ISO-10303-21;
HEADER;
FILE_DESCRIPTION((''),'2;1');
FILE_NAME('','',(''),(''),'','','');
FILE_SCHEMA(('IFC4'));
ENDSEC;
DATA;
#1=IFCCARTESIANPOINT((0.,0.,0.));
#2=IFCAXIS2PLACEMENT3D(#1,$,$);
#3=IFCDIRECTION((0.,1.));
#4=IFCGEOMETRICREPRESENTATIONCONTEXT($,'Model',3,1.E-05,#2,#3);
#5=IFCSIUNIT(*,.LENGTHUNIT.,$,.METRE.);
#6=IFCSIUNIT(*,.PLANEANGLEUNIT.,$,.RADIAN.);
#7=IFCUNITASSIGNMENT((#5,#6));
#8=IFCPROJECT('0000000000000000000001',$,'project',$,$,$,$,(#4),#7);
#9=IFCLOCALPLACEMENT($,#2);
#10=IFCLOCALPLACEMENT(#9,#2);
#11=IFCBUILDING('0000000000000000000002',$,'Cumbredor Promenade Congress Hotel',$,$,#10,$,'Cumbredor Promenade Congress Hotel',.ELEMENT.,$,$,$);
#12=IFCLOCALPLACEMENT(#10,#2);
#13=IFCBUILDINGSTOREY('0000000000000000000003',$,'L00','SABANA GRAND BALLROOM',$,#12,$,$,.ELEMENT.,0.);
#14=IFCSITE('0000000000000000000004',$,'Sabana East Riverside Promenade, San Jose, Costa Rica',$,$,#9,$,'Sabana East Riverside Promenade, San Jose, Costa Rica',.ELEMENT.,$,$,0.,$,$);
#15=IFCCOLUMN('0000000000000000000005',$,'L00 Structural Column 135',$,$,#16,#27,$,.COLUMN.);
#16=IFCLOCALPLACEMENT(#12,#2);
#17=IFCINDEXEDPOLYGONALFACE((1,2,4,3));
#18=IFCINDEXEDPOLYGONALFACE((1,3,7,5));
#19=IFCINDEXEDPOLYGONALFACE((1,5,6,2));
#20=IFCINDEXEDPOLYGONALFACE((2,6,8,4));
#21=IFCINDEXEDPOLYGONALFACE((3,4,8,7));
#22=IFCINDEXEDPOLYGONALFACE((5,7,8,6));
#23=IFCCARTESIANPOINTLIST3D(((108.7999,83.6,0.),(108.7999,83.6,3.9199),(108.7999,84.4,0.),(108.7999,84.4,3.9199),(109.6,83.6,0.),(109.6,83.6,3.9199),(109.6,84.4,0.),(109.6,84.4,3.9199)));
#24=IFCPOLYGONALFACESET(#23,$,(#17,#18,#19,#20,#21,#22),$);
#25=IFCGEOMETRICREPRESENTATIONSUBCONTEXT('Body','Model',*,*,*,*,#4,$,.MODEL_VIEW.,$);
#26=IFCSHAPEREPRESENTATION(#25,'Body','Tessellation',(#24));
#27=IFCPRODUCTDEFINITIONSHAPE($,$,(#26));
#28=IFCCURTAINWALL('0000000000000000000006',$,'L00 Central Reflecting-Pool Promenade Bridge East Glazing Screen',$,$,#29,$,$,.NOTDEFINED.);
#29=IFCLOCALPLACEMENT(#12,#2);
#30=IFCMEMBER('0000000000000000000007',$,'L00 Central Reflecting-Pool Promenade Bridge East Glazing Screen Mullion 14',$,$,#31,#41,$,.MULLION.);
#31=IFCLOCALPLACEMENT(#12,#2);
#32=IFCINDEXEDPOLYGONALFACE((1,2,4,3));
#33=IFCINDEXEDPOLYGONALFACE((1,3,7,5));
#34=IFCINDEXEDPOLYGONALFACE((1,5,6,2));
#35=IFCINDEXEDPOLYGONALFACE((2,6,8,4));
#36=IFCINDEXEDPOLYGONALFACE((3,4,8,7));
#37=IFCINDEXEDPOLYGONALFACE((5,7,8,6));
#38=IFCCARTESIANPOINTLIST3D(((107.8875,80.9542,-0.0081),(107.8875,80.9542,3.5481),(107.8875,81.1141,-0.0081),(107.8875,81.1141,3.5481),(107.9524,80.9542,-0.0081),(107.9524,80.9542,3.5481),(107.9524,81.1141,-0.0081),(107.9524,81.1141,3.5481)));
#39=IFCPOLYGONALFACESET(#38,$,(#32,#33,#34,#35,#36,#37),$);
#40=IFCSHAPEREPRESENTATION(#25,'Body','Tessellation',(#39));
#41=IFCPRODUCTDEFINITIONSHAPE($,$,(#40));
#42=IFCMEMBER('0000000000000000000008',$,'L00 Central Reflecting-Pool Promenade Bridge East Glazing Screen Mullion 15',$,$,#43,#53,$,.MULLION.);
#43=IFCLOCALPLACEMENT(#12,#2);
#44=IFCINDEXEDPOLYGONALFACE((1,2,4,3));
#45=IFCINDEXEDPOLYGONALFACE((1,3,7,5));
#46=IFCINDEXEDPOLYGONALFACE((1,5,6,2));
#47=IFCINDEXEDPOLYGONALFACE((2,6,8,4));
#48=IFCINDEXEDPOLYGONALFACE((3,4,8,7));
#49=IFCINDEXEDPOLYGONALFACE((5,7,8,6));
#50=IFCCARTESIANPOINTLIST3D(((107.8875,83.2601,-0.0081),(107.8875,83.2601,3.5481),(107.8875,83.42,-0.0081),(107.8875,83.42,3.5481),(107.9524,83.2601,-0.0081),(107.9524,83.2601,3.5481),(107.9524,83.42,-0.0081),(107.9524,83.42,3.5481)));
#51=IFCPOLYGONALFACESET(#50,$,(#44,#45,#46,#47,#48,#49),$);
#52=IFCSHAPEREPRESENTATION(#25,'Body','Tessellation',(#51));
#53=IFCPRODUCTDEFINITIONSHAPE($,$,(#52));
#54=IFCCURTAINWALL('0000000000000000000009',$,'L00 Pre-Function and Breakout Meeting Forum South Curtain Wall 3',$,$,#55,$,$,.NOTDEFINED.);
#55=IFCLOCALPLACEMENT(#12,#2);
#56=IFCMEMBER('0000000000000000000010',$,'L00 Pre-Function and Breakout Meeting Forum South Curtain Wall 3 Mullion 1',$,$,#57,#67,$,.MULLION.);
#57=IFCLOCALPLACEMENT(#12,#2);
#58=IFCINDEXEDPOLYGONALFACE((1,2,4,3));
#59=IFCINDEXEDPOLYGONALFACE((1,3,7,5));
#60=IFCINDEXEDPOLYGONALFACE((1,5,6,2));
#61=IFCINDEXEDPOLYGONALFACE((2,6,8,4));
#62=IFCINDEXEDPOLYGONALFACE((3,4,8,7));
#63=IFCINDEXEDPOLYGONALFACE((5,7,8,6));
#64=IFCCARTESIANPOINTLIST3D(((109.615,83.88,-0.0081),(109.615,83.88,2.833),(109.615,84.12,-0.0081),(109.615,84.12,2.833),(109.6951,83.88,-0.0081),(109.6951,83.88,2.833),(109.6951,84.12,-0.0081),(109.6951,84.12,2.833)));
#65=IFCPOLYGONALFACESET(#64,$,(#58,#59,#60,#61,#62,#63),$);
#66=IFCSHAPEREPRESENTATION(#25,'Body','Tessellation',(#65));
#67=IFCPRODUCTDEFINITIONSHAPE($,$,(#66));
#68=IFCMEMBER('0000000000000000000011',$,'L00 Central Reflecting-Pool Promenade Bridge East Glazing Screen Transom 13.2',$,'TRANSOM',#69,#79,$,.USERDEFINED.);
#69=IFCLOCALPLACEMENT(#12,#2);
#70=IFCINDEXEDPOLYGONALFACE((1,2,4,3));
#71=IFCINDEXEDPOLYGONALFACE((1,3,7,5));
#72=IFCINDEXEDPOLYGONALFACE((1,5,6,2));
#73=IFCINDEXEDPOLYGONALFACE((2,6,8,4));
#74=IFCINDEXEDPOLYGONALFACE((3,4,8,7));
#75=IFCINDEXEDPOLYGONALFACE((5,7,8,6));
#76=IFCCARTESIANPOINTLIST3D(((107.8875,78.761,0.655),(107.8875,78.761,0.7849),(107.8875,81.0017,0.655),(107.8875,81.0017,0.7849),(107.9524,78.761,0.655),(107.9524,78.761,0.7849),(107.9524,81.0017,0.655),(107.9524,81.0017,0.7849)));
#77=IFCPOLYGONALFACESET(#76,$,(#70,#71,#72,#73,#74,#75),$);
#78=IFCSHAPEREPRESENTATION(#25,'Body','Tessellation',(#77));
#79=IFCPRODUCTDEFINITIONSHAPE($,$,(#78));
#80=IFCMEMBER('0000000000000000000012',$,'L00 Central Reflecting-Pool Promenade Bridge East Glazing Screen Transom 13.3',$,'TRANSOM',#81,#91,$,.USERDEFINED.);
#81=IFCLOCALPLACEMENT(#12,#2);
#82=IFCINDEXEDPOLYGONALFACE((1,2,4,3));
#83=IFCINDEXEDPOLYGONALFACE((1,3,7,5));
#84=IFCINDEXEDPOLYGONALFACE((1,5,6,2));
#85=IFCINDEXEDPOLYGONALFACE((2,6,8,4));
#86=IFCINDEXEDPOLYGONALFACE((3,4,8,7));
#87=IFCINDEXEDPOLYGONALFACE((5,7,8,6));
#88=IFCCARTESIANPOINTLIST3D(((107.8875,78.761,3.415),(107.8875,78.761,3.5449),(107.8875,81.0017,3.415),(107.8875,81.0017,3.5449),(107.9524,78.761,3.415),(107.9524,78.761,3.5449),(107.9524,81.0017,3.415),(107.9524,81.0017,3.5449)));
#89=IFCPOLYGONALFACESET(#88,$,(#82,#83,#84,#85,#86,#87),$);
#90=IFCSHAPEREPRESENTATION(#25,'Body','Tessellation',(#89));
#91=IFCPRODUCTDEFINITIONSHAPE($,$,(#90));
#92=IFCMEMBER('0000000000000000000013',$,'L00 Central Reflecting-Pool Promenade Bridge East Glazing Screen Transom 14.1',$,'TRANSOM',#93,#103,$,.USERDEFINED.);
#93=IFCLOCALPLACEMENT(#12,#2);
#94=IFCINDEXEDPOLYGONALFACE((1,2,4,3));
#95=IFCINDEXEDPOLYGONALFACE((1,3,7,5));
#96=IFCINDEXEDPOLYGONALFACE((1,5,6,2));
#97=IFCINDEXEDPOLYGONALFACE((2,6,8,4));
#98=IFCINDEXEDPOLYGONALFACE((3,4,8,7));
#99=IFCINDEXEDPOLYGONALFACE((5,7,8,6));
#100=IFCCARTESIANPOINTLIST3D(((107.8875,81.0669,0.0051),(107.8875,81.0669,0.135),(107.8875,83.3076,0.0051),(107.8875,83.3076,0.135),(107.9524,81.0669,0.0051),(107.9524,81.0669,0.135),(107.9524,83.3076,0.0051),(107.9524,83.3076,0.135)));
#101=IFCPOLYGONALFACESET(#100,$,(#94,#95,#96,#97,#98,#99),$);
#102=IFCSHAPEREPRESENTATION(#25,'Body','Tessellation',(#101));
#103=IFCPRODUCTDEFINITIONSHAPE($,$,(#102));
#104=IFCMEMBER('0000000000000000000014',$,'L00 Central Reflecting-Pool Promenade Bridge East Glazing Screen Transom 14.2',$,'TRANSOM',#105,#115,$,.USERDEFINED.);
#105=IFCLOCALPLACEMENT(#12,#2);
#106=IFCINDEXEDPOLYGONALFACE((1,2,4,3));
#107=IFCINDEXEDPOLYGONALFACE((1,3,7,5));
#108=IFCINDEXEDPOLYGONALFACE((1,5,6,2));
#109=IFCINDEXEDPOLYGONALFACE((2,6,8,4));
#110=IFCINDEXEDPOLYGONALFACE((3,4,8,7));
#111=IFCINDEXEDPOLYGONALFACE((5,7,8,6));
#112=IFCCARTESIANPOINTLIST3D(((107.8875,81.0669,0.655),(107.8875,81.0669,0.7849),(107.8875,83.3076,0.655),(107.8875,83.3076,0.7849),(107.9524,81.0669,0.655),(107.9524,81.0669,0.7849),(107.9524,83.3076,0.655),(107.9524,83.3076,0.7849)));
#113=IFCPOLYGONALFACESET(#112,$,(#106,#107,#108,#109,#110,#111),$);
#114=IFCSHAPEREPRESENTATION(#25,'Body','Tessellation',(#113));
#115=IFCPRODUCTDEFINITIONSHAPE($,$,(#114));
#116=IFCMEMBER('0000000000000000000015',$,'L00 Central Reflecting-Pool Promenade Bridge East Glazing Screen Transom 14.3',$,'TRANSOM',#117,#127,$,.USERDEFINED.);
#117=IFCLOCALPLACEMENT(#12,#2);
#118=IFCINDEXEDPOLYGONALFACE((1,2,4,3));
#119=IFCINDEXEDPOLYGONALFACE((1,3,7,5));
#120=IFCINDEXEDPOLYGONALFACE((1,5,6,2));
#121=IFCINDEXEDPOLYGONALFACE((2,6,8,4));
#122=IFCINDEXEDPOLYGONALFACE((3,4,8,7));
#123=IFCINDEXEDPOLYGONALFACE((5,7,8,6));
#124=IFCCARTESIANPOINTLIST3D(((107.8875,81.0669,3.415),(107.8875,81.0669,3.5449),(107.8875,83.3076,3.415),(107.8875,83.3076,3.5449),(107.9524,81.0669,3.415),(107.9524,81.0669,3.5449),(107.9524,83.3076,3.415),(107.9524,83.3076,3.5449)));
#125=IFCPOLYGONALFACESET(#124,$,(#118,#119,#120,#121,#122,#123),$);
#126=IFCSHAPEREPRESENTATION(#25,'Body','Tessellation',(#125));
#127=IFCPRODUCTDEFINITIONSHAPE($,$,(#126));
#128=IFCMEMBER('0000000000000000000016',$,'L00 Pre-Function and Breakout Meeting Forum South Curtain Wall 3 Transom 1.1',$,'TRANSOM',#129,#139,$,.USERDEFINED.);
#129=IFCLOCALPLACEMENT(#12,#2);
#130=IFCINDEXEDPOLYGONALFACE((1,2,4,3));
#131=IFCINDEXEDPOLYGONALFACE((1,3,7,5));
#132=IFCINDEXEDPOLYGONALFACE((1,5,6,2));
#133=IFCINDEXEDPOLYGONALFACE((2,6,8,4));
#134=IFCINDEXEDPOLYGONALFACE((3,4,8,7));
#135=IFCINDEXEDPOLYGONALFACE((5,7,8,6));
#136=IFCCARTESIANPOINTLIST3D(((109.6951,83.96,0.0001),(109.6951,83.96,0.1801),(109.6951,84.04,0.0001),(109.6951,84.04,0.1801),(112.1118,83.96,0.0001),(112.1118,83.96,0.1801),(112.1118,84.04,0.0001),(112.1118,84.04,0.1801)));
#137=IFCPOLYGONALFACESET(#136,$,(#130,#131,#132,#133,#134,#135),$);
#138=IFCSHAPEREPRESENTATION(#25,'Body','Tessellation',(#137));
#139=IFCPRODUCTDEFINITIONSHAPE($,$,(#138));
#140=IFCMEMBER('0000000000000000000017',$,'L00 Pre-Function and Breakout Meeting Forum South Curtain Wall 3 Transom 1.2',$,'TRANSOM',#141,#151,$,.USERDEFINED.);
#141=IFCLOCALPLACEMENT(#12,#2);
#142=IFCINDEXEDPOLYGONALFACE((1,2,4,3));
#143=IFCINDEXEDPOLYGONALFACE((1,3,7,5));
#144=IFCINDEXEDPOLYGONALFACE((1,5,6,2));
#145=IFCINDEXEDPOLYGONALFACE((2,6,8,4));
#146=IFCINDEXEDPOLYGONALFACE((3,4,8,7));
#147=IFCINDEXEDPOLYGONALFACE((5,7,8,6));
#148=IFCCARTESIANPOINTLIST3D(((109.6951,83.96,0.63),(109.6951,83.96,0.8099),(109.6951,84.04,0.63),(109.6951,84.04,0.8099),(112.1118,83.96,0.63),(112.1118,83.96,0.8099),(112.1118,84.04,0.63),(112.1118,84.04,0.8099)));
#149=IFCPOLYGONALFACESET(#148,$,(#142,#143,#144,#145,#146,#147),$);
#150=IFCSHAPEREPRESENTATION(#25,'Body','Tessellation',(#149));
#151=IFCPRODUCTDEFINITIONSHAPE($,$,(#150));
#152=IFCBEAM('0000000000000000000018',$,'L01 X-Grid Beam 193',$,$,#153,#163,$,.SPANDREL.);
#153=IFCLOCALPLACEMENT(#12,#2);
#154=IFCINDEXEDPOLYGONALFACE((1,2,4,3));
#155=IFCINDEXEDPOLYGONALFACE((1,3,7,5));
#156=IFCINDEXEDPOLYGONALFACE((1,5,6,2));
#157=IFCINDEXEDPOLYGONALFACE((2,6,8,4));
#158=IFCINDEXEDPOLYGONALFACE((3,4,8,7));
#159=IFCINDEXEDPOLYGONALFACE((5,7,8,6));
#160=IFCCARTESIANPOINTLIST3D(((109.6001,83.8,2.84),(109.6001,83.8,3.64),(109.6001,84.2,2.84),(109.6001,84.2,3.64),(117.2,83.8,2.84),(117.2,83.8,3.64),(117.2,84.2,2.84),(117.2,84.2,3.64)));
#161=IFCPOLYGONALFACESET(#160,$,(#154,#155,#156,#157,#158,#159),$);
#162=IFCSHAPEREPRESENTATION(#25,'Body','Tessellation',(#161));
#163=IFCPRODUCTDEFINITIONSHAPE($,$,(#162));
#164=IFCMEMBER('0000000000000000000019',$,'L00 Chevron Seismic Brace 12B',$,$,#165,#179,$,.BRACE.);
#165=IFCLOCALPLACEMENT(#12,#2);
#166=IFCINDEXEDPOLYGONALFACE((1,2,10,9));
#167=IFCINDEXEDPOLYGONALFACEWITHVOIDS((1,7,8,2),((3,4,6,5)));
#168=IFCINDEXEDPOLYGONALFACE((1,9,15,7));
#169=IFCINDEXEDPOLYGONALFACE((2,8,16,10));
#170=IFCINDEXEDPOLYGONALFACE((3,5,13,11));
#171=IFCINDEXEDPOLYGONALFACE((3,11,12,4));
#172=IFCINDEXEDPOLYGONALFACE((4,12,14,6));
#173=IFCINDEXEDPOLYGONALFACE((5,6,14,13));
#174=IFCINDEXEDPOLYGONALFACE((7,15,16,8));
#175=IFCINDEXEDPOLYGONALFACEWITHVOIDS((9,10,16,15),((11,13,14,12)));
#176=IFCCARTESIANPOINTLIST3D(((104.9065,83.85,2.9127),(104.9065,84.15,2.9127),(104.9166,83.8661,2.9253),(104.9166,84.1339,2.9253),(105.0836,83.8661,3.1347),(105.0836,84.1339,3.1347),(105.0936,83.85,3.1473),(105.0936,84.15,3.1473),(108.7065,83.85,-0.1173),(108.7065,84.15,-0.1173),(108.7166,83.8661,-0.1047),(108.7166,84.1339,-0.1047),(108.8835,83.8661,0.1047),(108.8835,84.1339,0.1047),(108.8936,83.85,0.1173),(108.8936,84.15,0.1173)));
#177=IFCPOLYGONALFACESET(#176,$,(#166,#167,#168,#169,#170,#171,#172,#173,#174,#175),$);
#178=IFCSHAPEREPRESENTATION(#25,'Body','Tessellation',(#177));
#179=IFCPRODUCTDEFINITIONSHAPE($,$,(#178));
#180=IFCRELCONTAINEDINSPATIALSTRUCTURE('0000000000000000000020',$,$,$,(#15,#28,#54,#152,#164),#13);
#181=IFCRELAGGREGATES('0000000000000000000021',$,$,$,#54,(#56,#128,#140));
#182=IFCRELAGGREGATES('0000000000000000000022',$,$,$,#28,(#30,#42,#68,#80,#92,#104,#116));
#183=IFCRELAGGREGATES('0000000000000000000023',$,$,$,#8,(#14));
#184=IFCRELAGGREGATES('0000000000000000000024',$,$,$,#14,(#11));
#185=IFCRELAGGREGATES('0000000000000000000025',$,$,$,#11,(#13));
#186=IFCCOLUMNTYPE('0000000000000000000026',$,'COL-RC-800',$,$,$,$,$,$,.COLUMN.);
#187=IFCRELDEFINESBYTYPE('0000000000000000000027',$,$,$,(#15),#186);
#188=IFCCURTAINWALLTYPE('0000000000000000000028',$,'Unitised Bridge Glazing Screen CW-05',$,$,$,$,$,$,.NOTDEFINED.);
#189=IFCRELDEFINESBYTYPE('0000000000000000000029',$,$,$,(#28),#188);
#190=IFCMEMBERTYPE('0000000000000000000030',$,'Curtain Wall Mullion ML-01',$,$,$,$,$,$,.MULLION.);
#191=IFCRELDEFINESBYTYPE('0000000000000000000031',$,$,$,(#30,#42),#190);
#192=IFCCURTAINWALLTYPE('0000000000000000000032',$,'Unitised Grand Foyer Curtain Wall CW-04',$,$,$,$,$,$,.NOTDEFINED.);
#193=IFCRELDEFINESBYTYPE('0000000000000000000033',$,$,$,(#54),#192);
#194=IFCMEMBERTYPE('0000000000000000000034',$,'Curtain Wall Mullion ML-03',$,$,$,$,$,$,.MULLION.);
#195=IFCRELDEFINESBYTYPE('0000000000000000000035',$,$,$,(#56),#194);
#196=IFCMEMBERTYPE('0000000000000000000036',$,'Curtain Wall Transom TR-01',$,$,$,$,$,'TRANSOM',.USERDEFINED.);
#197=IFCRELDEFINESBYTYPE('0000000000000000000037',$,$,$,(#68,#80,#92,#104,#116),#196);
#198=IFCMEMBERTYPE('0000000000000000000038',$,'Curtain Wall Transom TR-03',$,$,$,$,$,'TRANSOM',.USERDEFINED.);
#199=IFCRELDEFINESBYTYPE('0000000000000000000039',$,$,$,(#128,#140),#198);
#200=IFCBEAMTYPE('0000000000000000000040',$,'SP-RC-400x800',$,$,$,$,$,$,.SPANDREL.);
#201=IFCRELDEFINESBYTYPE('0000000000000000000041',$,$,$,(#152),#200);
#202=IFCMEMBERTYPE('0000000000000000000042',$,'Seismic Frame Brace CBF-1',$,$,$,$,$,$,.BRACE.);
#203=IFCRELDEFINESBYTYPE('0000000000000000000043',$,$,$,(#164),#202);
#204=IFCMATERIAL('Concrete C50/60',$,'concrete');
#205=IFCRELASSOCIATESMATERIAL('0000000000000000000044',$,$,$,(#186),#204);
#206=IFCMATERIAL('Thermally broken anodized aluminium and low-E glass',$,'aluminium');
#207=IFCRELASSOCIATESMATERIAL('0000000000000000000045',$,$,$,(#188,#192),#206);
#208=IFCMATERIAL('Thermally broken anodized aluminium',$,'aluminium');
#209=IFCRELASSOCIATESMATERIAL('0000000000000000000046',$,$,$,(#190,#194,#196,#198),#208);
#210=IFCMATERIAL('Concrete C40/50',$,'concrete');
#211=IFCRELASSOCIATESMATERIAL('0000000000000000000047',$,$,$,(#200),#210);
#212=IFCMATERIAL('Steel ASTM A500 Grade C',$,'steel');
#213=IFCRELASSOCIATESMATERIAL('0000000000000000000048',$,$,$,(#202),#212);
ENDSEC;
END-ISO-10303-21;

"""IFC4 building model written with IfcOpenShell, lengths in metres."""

from ifc_helpers import new_model, si_unit, direction, frame, origin, origin_2d, place, context, subcontext, project, spatial, rectangle, hollow_rectangle, extrude, material, material_profile, profile_set, type_object, element, aggregate, save


model = new_model("IFC4")

# Units and contexts
model_context = context("Model", 3, precision=1e-05, world=origin(), true_north=direction((0.0, 1.0)))
body_context = subcontext(model_context, "Body", "Model", "MODEL_VIEW")
ifc_project = project(units=[si_unit("LENGTHUNIT", "METRE"), si_unit("PLANEANGLEUNIT", "RADIAN")], contexts=[model_context])

# Site, building, storey
site_placement = place(None, origin())
site = spatial("IfcSite", under=ifc_project, at=site_placement, Name="Sabana East Riverside Promenade, San Jose, Costa Rica", LongName="Sabana East Riverside Promenade, San Jose, Costa Rica", CompositionType="ELEMENT", RefElevation=0.0)
building_placement = place(site_placement, origin())
building = spatial("IfcBuilding", under=site, at=building_placement, Name="Cumbredor Promenade Congress Hotel", LongName="Cumbredor Promenade Congress Hotel", CompositionType="ELEMENT")
storey_placement = place(building_placement, origin())
storey = spatial("IfcBuildingStorey", under=building, at=storey_placement, Name="L00", Description="SABANA GRAND BALLROOM", CompositionType="ELEMENT", Elevation=0.0)

# Column
ifc_material_1 = material(Name="Concrete C50/60", Category="concrete")
ifc_material_profile_1 = material_profile(ifc_material_1, rectangle(XDim=0.8, YDim=0.8, at=origin_2d()), Name="RC 800x800")
ifc_profile_set_1 = profile_set([ifc_material_profile_1], Name="Concrete C50/60")
column_type = type_object("IfcColumnType", Name="COL-RC-800", PredefinedType="COLUMN", material=ifc_profile_set_1)
column_placement = place(storey_placement, frame((109.2, 84.0, 0.0), z_axis=(0.0, 0.0, 1.0), x_axis=(1.0, 0.0, 0.0)))
element("IfcColumn", 1, at=column_placement, inside=storey, type_object=column_type, Name="L00 Structural Column 135", PredefinedType="COLUMN", context=body_context, shape_type="SweptSolid", body=[
    extrude(rectangle(XDim=0.8, YDim=0.8, at=origin_2d()), origin(), (0.0, 0.0, 1.0), 3.9199),
])

# Curtain wall, members
ifc_material_2 = material(Name="Thermally broken anodized aluminium and low-E glass", Category="aluminium")
curtain_wall_type_1 = type_object("IfcCurtainWallType", Name="Unitised Bridge Glazing Screen CW-05", PredefinedType="NOTDEFINED", material=ifc_material_2)
curtain_wall_1_placement = place(storey_placement, origin())
curtain_wall_1 = element("IfcCurtainWall", 2, at=curtain_wall_1_placement, inside=storey, type_object=curtain_wall_type_1, Name="L00 Central Reflecting-Pool Promenade Bridge East Glazing Screen", PredefinedType="NOTDEFINED")
ifc_material_3 = material(Name="Thermally broken anodized aluminium", Category="aluminium")
ifc_material_profile_2 = material_profile(ifc_material_3, rectangle(XDim=0.0649, YDim=0.1599, at=origin_2d()), Name="ALU MULLION 65x160")
ifc_profile_set_2 = profile_set([ifc_material_profile_2], Name="Thermally broken anodized aluminium")
member_type_1 = type_object("IfcMemberType", Name="Curtain Wall Mullion ML-01", PredefinedType="MULLION", material=ifc_profile_set_2)
member_1_placement = place(storey_placement, frame((107.9199, 81.0342, -0.0081), z_axis=(0.0, 0.0, 1.0), x_axis=(1.0, 0.0, 0.0)))
member_1 = element("IfcMember", 3, at=member_1_placement, type_object=member_type_1, Name="L00 Central Reflecting-Pool Promenade Bridge East Glazing Screen Mullion 14", PredefinedType="MULLION", context=body_context, shape_type="SweptSolid", body=[
    extrude(rectangle(XDim=0.0649, YDim=0.1599, at=origin_2d()), origin(), (0.0, 0.0, 1.0), 3.5562),
])
member_2_placement = place(storey_placement, frame((107.9199, 83.3401, -0.0081), z_axis=(0.0, 0.0, 1.0), x_axis=(1.0, 0.0, 0.0)))
member_2 = element("IfcMember", 4, at=member_2_placement, type_object=member_type_1, Name="L00 Central Reflecting-Pool Promenade Bridge East Glazing Screen Mullion 15", PredefinedType="MULLION", context=body_context, shape_type="SweptSolid", body=[
    extrude(rectangle(XDim=0.0649, YDim=0.1599, at=origin_2d()), origin(), (0.0, 0.0, 1.0), 3.5562),
])

# Curtain wall, member
curtain_wall_type_2 = type_object("IfcCurtainWallType", Name="Unitised Grand Foyer Curtain Wall CW-04", PredefinedType="NOTDEFINED", material=ifc_material_2)
curtain_wall_2_placement = place(storey_placement, origin())
curtain_wall_2 = element("IfcCurtainWall", 5, at=curtain_wall_2_placement, inside=storey, type_object=curtain_wall_type_2, Name="L00 Pre-Function and Breakout Meeting Forum South Curtain Wall 3", PredefinedType="NOTDEFINED")
ifc_material_profile_3 = material_profile(ifc_material_3, rectangle(XDim=0.0801, YDim=0.24, at=origin_2d()), Name="ALU MULLION 80x240")
ifc_profile_set_3 = profile_set([ifc_material_profile_3], Name="Thermally broken anodized aluminium")
member_type_2 = type_object("IfcMemberType", Name="Curtain Wall Mullion ML-03", PredefinedType="MULLION", material=ifc_profile_set_3)
member_3_placement = place(storey_placement, frame((109.655, 84.0, -0.0081), z_axis=(0.0, 0.0, 1.0), x_axis=(1.0, 0.0, 0.0)))
member_3 = element("IfcMember", 6, at=member_3_placement, type_object=member_type_2, Name="L00 Pre-Function and Breakout Meeting Forum South Curtain Wall 3 Mullion 1", PredefinedType="MULLION", context=body_context, shape_type="SweptSolid", body=[
    extrude(rectangle(XDim=0.0801, YDim=0.24, at=origin_2d()), origin(), (0.0, 0.0, 1.0), 2.8411),
])

# Members
ifc_material_profile_4 = material_profile(ifc_material_3, rectangle(XDim=0.0649, YDim=0.1299, at=origin_2d()), Name="ALU TRANSOM 65x130")
ifc_profile_set_4 = profile_set([ifc_material_profile_4], Name="Thermally broken anodized aluminium")
member_type_3 = type_object("IfcMemberType", Name="Curtain Wall Transom TR-01", ElementType="TRANSOM", PredefinedType="USERDEFINED", material=ifc_profile_set_4)
member_4_placement = place(storey_placement, frame((107.9199, 78.761, 0.72), z_axis=(0.0, 1.0, 0.0), x_axis=(-1.0, 0.0, 0.0)))
member_4 = element("IfcMember", 7, at=member_4_placement, type_object=member_type_3, Name="L00 Central Reflecting-Pool Promenade Bridge East Glazing Screen Transom 13.2", ObjectType="TRANSOM", PredefinedType="USERDEFINED", context=body_context, shape_type="SweptSolid", body=[
    extrude(rectangle(XDim=0.0649, YDim=0.1299, at=origin_2d()), origin(), (0.0, 0.0, 1.0), 2.2407),
])
member_5_placement = place(storey_placement, frame((107.9199, 78.761, 3.48), z_axis=(0.0, 1.0, 0.0), x_axis=(-1.0, 0.0, 0.0)))
member_5 = element("IfcMember", 8, at=member_5_placement, type_object=member_type_3, Name="L00 Central Reflecting-Pool Promenade Bridge East Glazing Screen Transom 13.3", ObjectType="TRANSOM", PredefinedType="USERDEFINED", context=body_context, shape_type="SweptSolid", body=[
    extrude(rectangle(XDim=0.0649, YDim=0.1299, at=origin_2d()), origin(), (0.0, 0.0, 1.0), 2.2407),
])
member_6_placement = place(storey_placement, frame((107.9199, 81.0669, 0.0701), z_axis=(0.0, 1.0, 0.0), x_axis=(-1.0, 0.0, 0.0)))
member_6 = element("IfcMember", 9, at=member_6_placement, type_object=member_type_3, Name="L00 Central Reflecting-Pool Promenade Bridge East Glazing Screen Transom 14.1", ObjectType="TRANSOM", PredefinedType="USERDEFINED", context=body_context, shape_type="SweptSolid", body=[
    extrude(rectangle(XDim=0.0649, YDim=0.1299, at=origin_2d()), origin(), (0.0, 0.0, 1.0), 2.2407),
])
member_7_placement = place(storey_placement, frame((107.9199, 81.0669, 0.72), z_axis=(0.0, 1.0, 0.0), x_axis=(-1.0, 0.0, 0.0)))
member_7 = element("IfcMember", 10, at=member_7_placement, type_object=member_type_3, Name="L00 Central Reflecting-Pool Promenade Bridge East Glazing Screen Transom 14.2", ObjectType="TRANSOM", PredefinedType="USERDEFINED", context=body_context, shape_type="SweptSolid", body=[
    extrude(rectangle(XDim=0.0649, YDim=0.1299, at=origin_2d()), origin(), (0.0, 0.0, 1.0), 2.2407),
])
member_8_placement = place(storey_placement, frame((107.9199, 81.0669, 3.48), z_axis=(0.0, 1.0, 0.0), x_axis=(-1.0, 0.0, 0.0)))
member_8 = element("IfcMember", 11, at=member_8_placement, type_object=member_type_3, Name="L00 Central Reflecting-Pool Promenade Bridge East Glazing Screen Transom 14.3", ObjectType="TRANSOM", PredefinedType="USERDEFINED", context=body_context, shape_type="SweptSolid", body=[
    extrude(rectangle(XDim=0.0649, YDim=0.1299, at=origin_2d()), origin(), (0.0, 0.0, 1.0), 2.2407),
])
ifc_material_profile_5 = material_profile(ifc_material_3, rectangle(XDim=0.0801, YDim=0.1799, at=origin_2d()), Name="ALU TRANSOM 80x180")
ifc_profile_set_5 = profile_set([ifc_material_profile_5], Name="Thermally broken anodized aluminium")
member_type_4 = type_object("IfcMemberType", Name="Curtain Wall Transom TR-03", ElementType="TRANSOM", PredefinedType="USERDEFINED", material=ifc_profile_set_5)
member_9_placement = place(storey_placement, frame((109.6951, 84.0, 0.0901), z_axis=(1.0, 0.0, 0.0), x_axis=(0.0, 1.0, 0.0)))
member_9 = element("IfcMember", 12, at=member_9_placement, type_object=member_type_4, Name="L00 Pre-Function and Breakout Meeting Forum South Curtain Wall 3 Transom 1.1", ObjectType="TRANSOM", PredefinedType="USERDEFINED", context=body_context, shape_type="SweptSolid", body=[
    extrude(rectangle(XDim=0.0801, YDim=0.1799, at=origin_2d()), origin(), (0.0, 0.0, 1.0), 2.4167),
])
member_10_placement = place(storey_placement, frame((109.6951, 84.0, 0.72), z_axis=(1.0, 0.0, 0.0), x_axis=(0.0, 1.0, 0.0)))
member_10 = element("IfcMember", 13, at=member_10_placement, type_object=member_type_4, Name="L00 Pre-Function and Breakout Meeting Forum South Curtain Wall 3 Transom 1.2", ObjectType="TRANSOM", PredefinedType="USERDEFINED", context=body_context, shape_type="SweptSolid", body=[
    extrude(rectangle(XDim=0.0801, YDim=0.1799, at=origin_2d()), origin(), (0.0, 0.0, 1.0), 2.4167),
])
aggregate(curtain_wall_2, [member_3, member_9, member_10])

# Beam
ifc_material_4 = material(Name="Concrete C40/50", Category="concrete")
ifc_material_profile_6 = material_profile(ifc_material_4, rectangle(XDim=0.3999, YDim=0.8, at=origin_2d()), Name="RC SPANDREL 400x800")
ifc_profile_set_6 = profile_set([ifc_material_profile_6], Name="Concrete C40/50")
beam_type = type_object("IfcBeamType", Name="SP-RC-400x800", PredefinedType="SPANDREL", material=ifc_profile_set_6)
beam_placement = place(storey_placement, frame((109.6001, 84.0, 3.24), z_axis=(1.0, 0.0, 0.0), x_axis=(0.0, 1.0, 0.0)))
element("IfcBeam", 14, at=beam_placement, inside=storey, type_object=beam_type, Name="L01 X-Grid Beam 193", PredefinedType="SPANDREL", context=body_context, shape_type="SweptSolid", body=[
    extrude(rectangle(XDim=0.3999, YDim=0.8, at=origin_2d()), origin(), (0.0, 0.0, 1.0), 7.5999),
])

# Member
ifc_material_5 = material(Name="Steel ASTM A500 Grade C", Category="steel")
ifc_material_profile_7 = material_profile(ifc_material_5, hollow_rectangle(XDim=0.3, YDim=0.3, WallThickness=0.0161, at=origin_2d()), Name="HSS 300x300x16")
ifc_profile_set_7 = profile_set([ifc_material_profile_7], Name="Steel ASTM A500 Grade C")
member_type_5 = type_object("IfcMemberType", Name="Seismic Frame Brace CBF-1", PredefinedType="BRACE", material=ifc_profile_set_7)
member_11_placement = place(storey_placement, frame((108.8, 84.0, 0.0), z_axis=(-0.781872, 0.0, 0.623438), x_axis=(0.0, -1.0, 0.0)))
element("IfcMember", 15, at=member_11_placement, inside=storey, type_object=member_type_5, Name="L00 Chevron Seismic Brace 12B", PredefinedType="BRACE", context=body_context, shape_type="SweptSolid", body=[
    extrude(hollow_rectangle(XDim=0.3, YDim=0.3, WallThickness=0.0161, at=origin_2d()), origin(), (0.0, 0.0, 1.0), 4.8601),
])

aggregate(curtain_wall_1, [member_1, member_2, member_4, member_5, member_6, member_7, member_8])

save(model, "model.ifc")
